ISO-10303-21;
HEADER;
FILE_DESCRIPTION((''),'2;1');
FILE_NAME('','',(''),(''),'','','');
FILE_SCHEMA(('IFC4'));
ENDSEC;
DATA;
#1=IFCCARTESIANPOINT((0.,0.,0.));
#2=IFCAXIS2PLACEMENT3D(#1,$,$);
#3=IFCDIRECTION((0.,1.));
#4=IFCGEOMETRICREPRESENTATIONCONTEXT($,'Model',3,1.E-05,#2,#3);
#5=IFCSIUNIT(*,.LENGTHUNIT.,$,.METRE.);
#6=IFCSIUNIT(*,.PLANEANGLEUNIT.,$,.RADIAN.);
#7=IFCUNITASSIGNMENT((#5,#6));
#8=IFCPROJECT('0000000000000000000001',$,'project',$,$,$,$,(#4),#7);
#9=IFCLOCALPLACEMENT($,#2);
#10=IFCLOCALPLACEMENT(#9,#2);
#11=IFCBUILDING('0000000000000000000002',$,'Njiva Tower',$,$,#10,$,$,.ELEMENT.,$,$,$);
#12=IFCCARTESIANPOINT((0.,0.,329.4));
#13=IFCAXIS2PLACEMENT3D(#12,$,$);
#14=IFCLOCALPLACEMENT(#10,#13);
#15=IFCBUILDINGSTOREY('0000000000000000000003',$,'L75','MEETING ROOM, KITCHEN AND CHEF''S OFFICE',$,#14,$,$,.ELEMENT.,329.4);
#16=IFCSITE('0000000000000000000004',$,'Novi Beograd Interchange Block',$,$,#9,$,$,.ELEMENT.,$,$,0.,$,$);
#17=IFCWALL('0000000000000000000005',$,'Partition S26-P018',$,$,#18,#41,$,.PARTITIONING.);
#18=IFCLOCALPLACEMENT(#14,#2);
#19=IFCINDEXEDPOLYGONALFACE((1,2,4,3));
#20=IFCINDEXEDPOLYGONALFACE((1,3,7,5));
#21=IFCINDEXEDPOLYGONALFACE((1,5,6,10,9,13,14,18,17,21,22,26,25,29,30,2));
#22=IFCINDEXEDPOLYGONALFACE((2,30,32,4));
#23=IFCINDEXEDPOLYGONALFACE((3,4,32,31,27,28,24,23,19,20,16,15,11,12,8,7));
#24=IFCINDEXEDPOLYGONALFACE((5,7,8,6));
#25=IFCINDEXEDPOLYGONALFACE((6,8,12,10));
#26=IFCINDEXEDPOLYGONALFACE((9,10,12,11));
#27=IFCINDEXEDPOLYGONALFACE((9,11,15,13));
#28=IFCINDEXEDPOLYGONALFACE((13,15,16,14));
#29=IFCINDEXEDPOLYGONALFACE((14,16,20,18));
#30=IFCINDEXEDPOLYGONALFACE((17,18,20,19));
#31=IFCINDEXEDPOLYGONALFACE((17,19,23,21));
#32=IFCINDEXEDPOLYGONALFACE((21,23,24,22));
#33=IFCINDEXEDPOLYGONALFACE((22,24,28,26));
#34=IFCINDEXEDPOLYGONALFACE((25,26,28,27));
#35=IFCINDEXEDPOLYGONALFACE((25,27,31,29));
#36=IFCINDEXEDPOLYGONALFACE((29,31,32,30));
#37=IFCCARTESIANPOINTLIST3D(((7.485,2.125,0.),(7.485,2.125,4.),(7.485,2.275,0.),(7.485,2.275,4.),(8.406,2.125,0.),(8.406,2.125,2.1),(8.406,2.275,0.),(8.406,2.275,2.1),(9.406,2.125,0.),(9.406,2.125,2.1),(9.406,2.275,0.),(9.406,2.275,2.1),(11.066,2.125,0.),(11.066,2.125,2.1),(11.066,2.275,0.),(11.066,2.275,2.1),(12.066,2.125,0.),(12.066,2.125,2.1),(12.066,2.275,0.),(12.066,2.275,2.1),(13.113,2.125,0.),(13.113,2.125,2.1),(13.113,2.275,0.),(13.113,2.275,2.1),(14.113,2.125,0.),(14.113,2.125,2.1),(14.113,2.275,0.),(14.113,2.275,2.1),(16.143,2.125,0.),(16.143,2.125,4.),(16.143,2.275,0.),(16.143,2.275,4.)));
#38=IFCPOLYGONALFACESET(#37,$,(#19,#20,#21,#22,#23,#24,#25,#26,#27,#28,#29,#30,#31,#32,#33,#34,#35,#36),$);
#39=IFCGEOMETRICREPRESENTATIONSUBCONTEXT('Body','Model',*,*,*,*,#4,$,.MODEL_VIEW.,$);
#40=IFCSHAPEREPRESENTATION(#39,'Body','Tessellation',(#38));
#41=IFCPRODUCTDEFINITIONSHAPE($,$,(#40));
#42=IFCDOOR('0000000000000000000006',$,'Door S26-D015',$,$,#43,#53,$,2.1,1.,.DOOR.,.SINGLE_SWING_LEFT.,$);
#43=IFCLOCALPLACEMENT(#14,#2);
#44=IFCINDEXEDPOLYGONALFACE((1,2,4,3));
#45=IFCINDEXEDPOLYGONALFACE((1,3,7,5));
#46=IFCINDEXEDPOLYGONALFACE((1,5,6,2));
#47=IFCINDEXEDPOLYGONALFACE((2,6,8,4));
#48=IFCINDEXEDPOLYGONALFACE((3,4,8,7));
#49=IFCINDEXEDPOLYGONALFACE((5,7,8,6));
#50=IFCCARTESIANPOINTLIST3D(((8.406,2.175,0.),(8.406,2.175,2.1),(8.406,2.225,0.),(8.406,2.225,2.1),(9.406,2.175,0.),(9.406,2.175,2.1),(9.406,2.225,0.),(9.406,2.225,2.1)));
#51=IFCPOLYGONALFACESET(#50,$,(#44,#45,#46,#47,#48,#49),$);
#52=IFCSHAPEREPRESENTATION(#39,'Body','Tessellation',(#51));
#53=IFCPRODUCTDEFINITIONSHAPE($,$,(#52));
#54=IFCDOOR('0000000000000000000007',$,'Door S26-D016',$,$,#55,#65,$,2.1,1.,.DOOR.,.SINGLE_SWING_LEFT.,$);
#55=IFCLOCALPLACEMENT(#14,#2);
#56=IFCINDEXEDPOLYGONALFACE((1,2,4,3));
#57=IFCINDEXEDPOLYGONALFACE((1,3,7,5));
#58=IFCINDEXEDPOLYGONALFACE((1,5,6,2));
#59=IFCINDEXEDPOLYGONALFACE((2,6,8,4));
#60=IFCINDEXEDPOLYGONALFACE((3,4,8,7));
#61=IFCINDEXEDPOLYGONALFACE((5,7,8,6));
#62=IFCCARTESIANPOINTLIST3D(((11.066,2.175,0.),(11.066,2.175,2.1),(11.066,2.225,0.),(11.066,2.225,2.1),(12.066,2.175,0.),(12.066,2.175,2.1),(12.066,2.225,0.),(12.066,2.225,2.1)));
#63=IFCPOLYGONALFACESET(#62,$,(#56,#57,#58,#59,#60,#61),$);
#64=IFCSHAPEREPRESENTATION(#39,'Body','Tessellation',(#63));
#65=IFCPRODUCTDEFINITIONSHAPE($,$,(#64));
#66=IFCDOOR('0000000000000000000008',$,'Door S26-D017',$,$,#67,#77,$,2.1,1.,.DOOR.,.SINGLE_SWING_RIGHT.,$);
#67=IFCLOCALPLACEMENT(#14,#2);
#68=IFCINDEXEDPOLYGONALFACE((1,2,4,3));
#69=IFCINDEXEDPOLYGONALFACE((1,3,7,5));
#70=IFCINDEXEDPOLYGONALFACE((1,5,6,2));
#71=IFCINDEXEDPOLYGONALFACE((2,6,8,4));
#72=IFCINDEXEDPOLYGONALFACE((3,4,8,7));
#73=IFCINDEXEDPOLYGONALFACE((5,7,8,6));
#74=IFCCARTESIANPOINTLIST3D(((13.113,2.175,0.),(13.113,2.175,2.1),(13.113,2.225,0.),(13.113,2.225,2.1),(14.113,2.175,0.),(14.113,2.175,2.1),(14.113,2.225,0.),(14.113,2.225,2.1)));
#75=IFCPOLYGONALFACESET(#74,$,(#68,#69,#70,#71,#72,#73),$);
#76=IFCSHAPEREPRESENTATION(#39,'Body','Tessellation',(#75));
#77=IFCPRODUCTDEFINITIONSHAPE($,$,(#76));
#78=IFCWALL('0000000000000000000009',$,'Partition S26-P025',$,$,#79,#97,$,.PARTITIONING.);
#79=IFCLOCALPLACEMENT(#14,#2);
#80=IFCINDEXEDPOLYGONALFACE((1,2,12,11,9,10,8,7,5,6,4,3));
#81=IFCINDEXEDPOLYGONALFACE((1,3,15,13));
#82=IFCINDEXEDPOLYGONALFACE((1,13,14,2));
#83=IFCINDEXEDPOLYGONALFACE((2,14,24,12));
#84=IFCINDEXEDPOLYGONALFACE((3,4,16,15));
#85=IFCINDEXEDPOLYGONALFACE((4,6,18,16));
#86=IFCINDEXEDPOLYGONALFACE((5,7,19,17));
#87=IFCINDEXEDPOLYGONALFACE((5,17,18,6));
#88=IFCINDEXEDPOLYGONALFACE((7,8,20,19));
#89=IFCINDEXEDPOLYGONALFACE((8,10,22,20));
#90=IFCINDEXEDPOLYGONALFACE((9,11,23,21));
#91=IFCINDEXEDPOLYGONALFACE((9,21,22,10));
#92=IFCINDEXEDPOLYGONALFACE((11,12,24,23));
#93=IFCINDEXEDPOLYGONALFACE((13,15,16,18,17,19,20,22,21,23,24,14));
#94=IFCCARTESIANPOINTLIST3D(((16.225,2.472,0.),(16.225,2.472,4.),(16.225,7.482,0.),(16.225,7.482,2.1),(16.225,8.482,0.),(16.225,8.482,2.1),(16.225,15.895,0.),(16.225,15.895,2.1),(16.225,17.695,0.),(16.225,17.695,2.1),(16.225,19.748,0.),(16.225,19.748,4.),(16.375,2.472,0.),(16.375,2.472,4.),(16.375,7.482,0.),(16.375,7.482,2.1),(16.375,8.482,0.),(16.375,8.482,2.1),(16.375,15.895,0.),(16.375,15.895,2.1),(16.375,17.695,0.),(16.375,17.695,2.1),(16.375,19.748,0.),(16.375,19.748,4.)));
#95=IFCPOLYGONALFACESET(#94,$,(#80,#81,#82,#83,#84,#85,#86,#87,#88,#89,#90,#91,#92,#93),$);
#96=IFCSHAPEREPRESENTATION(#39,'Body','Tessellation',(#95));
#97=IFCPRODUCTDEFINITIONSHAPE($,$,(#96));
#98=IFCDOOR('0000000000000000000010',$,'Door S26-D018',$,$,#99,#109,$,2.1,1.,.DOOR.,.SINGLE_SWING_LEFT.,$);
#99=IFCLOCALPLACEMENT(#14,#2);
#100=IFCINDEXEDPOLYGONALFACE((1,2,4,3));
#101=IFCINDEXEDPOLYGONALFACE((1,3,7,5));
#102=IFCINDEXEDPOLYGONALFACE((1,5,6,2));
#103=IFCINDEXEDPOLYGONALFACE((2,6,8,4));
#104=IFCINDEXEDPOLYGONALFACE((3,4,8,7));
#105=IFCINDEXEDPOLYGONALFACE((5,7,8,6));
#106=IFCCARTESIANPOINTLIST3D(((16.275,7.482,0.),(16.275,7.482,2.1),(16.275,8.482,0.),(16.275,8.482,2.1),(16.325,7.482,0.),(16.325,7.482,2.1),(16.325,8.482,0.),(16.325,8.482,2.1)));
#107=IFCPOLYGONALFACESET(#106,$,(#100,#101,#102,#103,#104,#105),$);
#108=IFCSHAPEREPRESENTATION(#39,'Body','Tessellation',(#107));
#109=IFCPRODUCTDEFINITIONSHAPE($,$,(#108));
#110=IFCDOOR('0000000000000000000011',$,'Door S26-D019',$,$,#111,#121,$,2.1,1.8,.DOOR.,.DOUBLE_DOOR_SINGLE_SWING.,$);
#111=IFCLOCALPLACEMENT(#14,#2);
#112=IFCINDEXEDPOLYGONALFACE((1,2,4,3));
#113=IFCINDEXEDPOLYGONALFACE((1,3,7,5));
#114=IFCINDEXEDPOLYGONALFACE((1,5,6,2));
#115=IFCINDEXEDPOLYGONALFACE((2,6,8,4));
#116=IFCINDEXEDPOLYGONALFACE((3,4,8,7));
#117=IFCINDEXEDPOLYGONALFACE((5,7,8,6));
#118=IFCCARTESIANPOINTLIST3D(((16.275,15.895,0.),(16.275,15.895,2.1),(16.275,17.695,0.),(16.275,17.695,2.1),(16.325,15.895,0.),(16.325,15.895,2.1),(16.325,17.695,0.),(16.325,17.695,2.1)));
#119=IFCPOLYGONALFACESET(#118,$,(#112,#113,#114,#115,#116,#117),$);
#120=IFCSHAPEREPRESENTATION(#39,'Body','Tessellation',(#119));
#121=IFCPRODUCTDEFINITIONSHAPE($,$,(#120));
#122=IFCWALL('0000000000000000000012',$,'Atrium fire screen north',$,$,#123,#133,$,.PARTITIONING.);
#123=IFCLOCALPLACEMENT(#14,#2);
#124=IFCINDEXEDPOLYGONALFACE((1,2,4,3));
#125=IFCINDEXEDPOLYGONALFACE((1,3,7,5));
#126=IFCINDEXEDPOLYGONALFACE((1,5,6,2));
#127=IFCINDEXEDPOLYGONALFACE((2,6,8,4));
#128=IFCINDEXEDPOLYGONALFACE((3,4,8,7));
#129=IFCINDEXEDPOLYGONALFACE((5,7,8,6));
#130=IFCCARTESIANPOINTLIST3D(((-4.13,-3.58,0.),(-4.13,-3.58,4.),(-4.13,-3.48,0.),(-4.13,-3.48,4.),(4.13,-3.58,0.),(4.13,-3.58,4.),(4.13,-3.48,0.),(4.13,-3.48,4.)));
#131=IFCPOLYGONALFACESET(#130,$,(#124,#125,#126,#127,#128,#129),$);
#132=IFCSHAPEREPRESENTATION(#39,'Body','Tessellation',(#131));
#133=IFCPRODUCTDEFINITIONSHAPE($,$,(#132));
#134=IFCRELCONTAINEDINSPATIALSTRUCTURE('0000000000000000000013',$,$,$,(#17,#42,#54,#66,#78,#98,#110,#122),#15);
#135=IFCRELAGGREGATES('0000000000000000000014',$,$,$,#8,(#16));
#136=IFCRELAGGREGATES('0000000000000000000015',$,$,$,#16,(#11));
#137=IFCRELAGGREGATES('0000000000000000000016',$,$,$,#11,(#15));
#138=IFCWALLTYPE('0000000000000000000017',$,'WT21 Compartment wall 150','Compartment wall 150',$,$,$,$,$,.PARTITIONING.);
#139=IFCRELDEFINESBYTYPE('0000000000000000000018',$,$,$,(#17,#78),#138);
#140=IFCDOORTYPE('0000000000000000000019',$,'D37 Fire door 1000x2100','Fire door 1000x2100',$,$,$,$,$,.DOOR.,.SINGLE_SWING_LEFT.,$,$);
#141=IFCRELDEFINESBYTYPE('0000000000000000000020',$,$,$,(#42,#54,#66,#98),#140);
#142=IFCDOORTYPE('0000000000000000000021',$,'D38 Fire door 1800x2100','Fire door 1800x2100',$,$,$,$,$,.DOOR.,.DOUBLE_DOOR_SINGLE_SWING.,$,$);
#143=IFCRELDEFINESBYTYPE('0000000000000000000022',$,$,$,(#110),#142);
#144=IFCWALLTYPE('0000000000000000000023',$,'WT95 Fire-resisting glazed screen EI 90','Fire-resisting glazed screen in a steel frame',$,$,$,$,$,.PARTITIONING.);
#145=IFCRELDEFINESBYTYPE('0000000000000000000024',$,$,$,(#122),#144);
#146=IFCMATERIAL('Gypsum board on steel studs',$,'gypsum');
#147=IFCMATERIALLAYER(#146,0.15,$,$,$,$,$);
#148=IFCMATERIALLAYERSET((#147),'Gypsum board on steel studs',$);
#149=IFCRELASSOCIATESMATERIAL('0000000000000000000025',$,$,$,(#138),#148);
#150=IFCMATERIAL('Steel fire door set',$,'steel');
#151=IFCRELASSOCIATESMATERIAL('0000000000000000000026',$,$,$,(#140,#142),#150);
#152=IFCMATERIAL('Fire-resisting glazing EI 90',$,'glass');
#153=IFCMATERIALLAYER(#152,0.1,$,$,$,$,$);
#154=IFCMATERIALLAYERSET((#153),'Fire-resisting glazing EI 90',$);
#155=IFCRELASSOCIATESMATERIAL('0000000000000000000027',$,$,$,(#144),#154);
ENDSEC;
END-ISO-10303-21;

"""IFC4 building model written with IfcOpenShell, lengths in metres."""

from ifc_helpers import new_model, si_unit, direction, frame, frame_2d, origin, place, context, subcontext, project, spatial, rectangle, extrude, material, layer, layer_set, type_object, element, fill, save


model = new_model("IFC4")

# Units and contexts
model_context = context("Model", 3, precision=1e-05, world=origin(), true_north=direction((0.0, 1.0)))
body_context = subcontext(model_context, "Body", "Model", "MODEL_VIEW")
ifc_project = project(units=[si_unit("LENGTHUNIT", "METRE"), si_unit("PLANEANGLEUNIT", "RADIAN")], contexts=[model_context])

# Site, building, storey
site_placement = place(None, origin())
site = spatial("IfcSite", under=ifc_project, at=site_placement, Name="Novi Beograd Interchange Block", CompositionType="ELEMENT", RefElevation=0.0)
building_placement = place(site_placement, origin())
building = spatial("IfcBuilding", under=site, at=building_placement, Name="Njiva Tower", CompositionType="ELEMENT")
storey_placement = place(building_placement, frame((0.0, 0.0, 329.4)))
storey = spatial("IfcBuildingStorey", under=building, at=storey_placement, Name="L75", Description="MEETING ROOM, KITCHEN AND CHEF'S OFFICE", CompositionType="ELEMENT", Elevation=329.4)

# Shared definitions
ifc_material_1 = material(Name="Gypsum board on steel studs", Category="gypsum")

# Shared definitions
ifc_layer_1 = layer(ifc_material_1, 0.15)
ifc_layer_set_1 = layer_set([ifc_layer_1], Name="Gypsum board on steel studs")
wall_type_1 = type_object("IfcWallType", Name="WT21 Compartment wall 150", Description="Compartment wall 150", PredefinedType="PARTITIONING", material=ifc_layer_set_1)
ifc_material_2 = material(Name="Steel fire door set", Category="steel")
door_type_1 = type_object("IfcDoorType", Name="D37 Fire door 1000x2100", Description="Fire door 1000x2100", OperationType="SINGLE_SWING_LEFT", PredefinedType="DOOR", material=ifc_material_2)

# Walls, openings, doors
wall_1_placement = place(storey_placement, frame((7.485, 2.2, 0.0), z_axis=(0.0, 0.0, 1.0), x_axis=(1.0, 0.0, 0.0)))
wall_1 = element("IfcWall", 1, at=wall_1_placement, inside=storey, type_object=wall_type_1, Name="Partition S26-P018", PredefinedType="PARTITIONING", context=body_context, shape_type="SweptSolid", body=[
    extrude(rectangle(XDim=8.658, YDim=0.15, at=frame_2d((4.329, 0.0))), origin(), (0.0, 0.0, 1.0), 4.0),
])
opening_1_placement = place(wall_1_placement, frame((0.921, 0.0, 0.0)))
opening_1 = element("IfcOpeningElement", 2, at=opening_1_placement, cuts=wall_1, PredefinedType="OPENING", context=body_context, shape_type="SweptSolid", body=[
    extrude(rectangle(XDim=1.0, YDim=2.1, at=frame_2d((0.5, 1.05))), frame((0.0, 0.085, 0.0), z_axis=(0.0, -1.0, 0.0), x_axis=(1.0, 0.0, 0.0)), (0.0, 0.0, 1.0), 0.17),
])
opening_2_placement = place(wall_1_placement, frame((3.581, 0.0, 0.0)))
opening_2 = element("IfcOpeningElement", 3, at=opening_2_placement, cuts=wall_1, PredefinedType="OPENING", context=body_context, shape_type="SweptSolid", body=[
    extrude(rectangle(XDim=1.0, YDim=2.1, at=frame_2d((0.5, 1.05))), frame((0.0, 0.085, 0.0), z_axis=(0.0, -1.0, 0.0), x_axis=(1.0, 0.0, 0.0)), (0.0, 0.0, 1.0), 0.17),
])
opening_3_placement = place(wall_1_placement, frame((5.628, 0.0, 0.0)))
opening_3 = element("IfcOpeningElement", 4, at=opening_3_placement, cuts=wall_1, PredefinedType="OPENING", context=body_context, shape_type="SweptSolid", body=[
    extrude(rectangle(XDim=1.0, YDim=2.1, at=frame_2d((0.5, 1.05))), frame((0.0, 0.085, 0.0), z_axis=(0.0, -1.0, 0.0), x_axis=(1.0, 0.0, 0.0)), (0.0, 0.0, 1.0), 0.17),
])
door_1_placement = place(opening_1_placement, origin())
door_1 = element("IfcDoor", 5, at=door_1_placement, inside=storey, type_object=door_type_1, Name="Door S26-D015", OperationType="SINGLE_SWING_LEFT", OverallHeight=2.1, OverallWidth=1.0, PredefinedType="DOOR", context=body_context, shape_type="SweptSolid", body=[
    extrude(rectangle(XDim=1.0, YDim=2.1, at=frame_2d((0.5, 1.05))), frame((0.0, 0.025, 0.0), z_axis=(0.0, -1.0, 0.0), x_axis=(1.0, 0.0, 0.0)), (0.0, 0.0, 1.0), 0.05),
])
fill(opening_1, door_1)
door_2_placement = place(opening_2_placement, origin())
door_2 = element("IfcDoor", 6, at=door_2_placement, inside=storey, type_object=door_type_1, Name="Door S26-D016", OperationType="SINGLE_SWING_LEFT", OverallHeight=2.1, OverallWidth=1.0, PredefinedType="DOOR", context=body_context, shape_type="SweptSolid", body=[
    extrude(rectangle(XDim=1.0, YDim=2.1, at=frame_2d((0.5, 1.05))), frame((0.0, 0.025, 0.0), z_axis=(0.0, -1.0, 0.0), x_axis=(1.0, 0.0, 0.0)), (0.0, 0.0, 1.0), 0.05),
])
fill(opening_2, door_2)
door_3_placement = place(opening_3_placement, origin())
door_3 = element("IfcDoor", 7, at=door_3_placement, inside=storey, type_object=door_type_1, Name="Door S26-D017", OperationType="SINGLE_SWING_RIGHT", OverallHeight=2.1, OverallWidth=1.0, PredefinedType="DOOR", context=body_context, shape_type="SweptSolid", body=[
    extrude(rectangle(XDim=1.0, YDim=2.1, at=frame_2d((0.5, 1.05))), frame((0.0, 0.025, 0.0), z_axis=(0.0, -1.0, 0.0), x_axis=(1.0, 0.0, 0.0)), (0.0, 0.0, 1.0), 0.05),
])
fill(opening_3, door_3)
wall_2_placement = place(storey_placement, frame((16.3, 2.472, 0.0), z_axis=(0.0, 0.0, 1.0), x_axis=(0.0, 1.0, 0.0)))
wall_2 = element("IfcWall", 8, at=wall_2_placement, inside=storey, type_object=wall_type_1, Name="Partition S26-P025", PredefinedType="PARTITIONING", context=body_context, shape_type="SweptSolid", body=[
    extrude(rectangle(XDim=17.276, YDim=0.15, at=frame_2d((8.638, 0.0))), origin(), (0.0, 0.0, 1.0), 4.0),
])
opening_4_placement = place(wall_2_placement, frame((5.01, 0.0, 0.0)))
opening_4 = element("IfcOpeningElement", 9, at=opening_4_placement, cuts=wall_2, PredefinedType="OPENING", context=body_context, shape_type="SweptSolid", body=[
    extrude(rectangle(XDim=1.0, YDim=2.1, at=frame_2d((0.5, 1.05))), frame((0.0, 0.085, 0.0), z_axis=(0.0, -1.0, 0.0), x_axis=(1.0, 0.0, 0.0)), (0.0, 0.0, 1.0), 0.17),
])
opening_5_placement = place(wall_2_placement, frame((13.423, 0.0, 0.0)))
opening_5 = element("IfcOpeningElement", 10, at=opening_5_placement, cuts=wall_2, PredefinedType="OPENING", context=body_context, shape_type="SweptSolid", body=[
    extrude(rectangle(XDim=1.8, YDim=2.1, at=frame_2d((0.9, 1.05))), frame((0.0, 0.085, 0.0), z_axis=(0.0, -1.0, 0.0), x_axis=(1.0, 0.0, 0.0)), (0.0, 0.0, 1.0), 0.17),
])
door_4_placement = place(opening_4_placement, origin())
door_4 = element("IfcDoor", 11, at=door_4_placement, inside=storey, type_object=door_type_1, Name="Door S26-D018", OperationType="SINGLE_SWING_LEFT", OverallHeight=2.1, OverallWidth=1.0, PredefinedType="DOOR", context=body_context, shape_type="SweptSolid", body=[
    extrude(rectangle(XDim=1.0, YDim=2.1, at=frame_2d((0.5, 1.05))), frame((0.0, 0.025, 0.0), z_axis=(0.0, -1.0, 0.0), x_axis=(1.0, 0.0, 0.0)), (0.0, 0.0, 1.0), 0.05),
])
fill(opening_4, door_4)
door_type_2 = type_object("IfcDoorType", Name="D38 Fire door 1800x2100", Description="Fire door 1800x2100", OperationType="DOUBLE_DOOR_SINGLE_SWING", PredefinedType="DOOR", material=ifc_material_2)
door_5_placement = place(opening_5_placement, origin())
door_5 = element("IfcDoor", 12, at=door_5_placement, inside=storey, type_object=door_type_2, Name="Door S26-D019", OperationType="DOUBLE_DOOR_SINGLE_SWING", OverallHeight=2.1, OverallWidth=1.8, PredefinedType="DOOR", context=body_context, shape_type="SweptSolid", body=[
    extrude(rectangle(XDim=1.8, YDim=2.1, at=frame_2d((0.9, 1.05))), frame((0.0, 0.025, 0.0), z_axis=(0.0, -1.0, 0.0), x_axis=(1.0, 0.0, 0.0)), (0.0, 0.0, 1.0), 0.05),
])
fill(opening_5, door_5)

# Wall
ifc_material_3 = material(Name="Fire-resisting glazing EI 90", Category="glass")
ifc_layer_2 = layer(ifc_material_3, 0.1)
ifc_layer_set_2 = layer_set([ifc_layer_2], Name="Fire-resisting glazing EI 90")
wall_type_2 = type_object("IfcWallType", Name="WT95 Fire-resisting glazed screen EI 90", Description="Fire-resisting glazed screen in a steel frame", PredefinedType="PARTITIONING", material=ifc_layer_set_2)
wall_3_placement = place(storey_placement, frame((4.13, -3.53, 0.0), z_axis=(0.0, 0.0, 1.0), x_axis=(-1.0, 0.0, 0.0)))
element("IfcWall", 13, at=wall_3_placement, inside=storey, type_object=wall_type_2, Name="Atrium fire screen north", PredefinedType="PARTITIONING", context=body_context, shape_type="SweptSolid", body=[
    extrude(rectangle(XDim=8.26, YDim=0.1, at=frame_2d((4.13, 0.0))), origin(), (0.0, 0.0, 1.0), 4.0),
])

save(model, "model.ifc")
